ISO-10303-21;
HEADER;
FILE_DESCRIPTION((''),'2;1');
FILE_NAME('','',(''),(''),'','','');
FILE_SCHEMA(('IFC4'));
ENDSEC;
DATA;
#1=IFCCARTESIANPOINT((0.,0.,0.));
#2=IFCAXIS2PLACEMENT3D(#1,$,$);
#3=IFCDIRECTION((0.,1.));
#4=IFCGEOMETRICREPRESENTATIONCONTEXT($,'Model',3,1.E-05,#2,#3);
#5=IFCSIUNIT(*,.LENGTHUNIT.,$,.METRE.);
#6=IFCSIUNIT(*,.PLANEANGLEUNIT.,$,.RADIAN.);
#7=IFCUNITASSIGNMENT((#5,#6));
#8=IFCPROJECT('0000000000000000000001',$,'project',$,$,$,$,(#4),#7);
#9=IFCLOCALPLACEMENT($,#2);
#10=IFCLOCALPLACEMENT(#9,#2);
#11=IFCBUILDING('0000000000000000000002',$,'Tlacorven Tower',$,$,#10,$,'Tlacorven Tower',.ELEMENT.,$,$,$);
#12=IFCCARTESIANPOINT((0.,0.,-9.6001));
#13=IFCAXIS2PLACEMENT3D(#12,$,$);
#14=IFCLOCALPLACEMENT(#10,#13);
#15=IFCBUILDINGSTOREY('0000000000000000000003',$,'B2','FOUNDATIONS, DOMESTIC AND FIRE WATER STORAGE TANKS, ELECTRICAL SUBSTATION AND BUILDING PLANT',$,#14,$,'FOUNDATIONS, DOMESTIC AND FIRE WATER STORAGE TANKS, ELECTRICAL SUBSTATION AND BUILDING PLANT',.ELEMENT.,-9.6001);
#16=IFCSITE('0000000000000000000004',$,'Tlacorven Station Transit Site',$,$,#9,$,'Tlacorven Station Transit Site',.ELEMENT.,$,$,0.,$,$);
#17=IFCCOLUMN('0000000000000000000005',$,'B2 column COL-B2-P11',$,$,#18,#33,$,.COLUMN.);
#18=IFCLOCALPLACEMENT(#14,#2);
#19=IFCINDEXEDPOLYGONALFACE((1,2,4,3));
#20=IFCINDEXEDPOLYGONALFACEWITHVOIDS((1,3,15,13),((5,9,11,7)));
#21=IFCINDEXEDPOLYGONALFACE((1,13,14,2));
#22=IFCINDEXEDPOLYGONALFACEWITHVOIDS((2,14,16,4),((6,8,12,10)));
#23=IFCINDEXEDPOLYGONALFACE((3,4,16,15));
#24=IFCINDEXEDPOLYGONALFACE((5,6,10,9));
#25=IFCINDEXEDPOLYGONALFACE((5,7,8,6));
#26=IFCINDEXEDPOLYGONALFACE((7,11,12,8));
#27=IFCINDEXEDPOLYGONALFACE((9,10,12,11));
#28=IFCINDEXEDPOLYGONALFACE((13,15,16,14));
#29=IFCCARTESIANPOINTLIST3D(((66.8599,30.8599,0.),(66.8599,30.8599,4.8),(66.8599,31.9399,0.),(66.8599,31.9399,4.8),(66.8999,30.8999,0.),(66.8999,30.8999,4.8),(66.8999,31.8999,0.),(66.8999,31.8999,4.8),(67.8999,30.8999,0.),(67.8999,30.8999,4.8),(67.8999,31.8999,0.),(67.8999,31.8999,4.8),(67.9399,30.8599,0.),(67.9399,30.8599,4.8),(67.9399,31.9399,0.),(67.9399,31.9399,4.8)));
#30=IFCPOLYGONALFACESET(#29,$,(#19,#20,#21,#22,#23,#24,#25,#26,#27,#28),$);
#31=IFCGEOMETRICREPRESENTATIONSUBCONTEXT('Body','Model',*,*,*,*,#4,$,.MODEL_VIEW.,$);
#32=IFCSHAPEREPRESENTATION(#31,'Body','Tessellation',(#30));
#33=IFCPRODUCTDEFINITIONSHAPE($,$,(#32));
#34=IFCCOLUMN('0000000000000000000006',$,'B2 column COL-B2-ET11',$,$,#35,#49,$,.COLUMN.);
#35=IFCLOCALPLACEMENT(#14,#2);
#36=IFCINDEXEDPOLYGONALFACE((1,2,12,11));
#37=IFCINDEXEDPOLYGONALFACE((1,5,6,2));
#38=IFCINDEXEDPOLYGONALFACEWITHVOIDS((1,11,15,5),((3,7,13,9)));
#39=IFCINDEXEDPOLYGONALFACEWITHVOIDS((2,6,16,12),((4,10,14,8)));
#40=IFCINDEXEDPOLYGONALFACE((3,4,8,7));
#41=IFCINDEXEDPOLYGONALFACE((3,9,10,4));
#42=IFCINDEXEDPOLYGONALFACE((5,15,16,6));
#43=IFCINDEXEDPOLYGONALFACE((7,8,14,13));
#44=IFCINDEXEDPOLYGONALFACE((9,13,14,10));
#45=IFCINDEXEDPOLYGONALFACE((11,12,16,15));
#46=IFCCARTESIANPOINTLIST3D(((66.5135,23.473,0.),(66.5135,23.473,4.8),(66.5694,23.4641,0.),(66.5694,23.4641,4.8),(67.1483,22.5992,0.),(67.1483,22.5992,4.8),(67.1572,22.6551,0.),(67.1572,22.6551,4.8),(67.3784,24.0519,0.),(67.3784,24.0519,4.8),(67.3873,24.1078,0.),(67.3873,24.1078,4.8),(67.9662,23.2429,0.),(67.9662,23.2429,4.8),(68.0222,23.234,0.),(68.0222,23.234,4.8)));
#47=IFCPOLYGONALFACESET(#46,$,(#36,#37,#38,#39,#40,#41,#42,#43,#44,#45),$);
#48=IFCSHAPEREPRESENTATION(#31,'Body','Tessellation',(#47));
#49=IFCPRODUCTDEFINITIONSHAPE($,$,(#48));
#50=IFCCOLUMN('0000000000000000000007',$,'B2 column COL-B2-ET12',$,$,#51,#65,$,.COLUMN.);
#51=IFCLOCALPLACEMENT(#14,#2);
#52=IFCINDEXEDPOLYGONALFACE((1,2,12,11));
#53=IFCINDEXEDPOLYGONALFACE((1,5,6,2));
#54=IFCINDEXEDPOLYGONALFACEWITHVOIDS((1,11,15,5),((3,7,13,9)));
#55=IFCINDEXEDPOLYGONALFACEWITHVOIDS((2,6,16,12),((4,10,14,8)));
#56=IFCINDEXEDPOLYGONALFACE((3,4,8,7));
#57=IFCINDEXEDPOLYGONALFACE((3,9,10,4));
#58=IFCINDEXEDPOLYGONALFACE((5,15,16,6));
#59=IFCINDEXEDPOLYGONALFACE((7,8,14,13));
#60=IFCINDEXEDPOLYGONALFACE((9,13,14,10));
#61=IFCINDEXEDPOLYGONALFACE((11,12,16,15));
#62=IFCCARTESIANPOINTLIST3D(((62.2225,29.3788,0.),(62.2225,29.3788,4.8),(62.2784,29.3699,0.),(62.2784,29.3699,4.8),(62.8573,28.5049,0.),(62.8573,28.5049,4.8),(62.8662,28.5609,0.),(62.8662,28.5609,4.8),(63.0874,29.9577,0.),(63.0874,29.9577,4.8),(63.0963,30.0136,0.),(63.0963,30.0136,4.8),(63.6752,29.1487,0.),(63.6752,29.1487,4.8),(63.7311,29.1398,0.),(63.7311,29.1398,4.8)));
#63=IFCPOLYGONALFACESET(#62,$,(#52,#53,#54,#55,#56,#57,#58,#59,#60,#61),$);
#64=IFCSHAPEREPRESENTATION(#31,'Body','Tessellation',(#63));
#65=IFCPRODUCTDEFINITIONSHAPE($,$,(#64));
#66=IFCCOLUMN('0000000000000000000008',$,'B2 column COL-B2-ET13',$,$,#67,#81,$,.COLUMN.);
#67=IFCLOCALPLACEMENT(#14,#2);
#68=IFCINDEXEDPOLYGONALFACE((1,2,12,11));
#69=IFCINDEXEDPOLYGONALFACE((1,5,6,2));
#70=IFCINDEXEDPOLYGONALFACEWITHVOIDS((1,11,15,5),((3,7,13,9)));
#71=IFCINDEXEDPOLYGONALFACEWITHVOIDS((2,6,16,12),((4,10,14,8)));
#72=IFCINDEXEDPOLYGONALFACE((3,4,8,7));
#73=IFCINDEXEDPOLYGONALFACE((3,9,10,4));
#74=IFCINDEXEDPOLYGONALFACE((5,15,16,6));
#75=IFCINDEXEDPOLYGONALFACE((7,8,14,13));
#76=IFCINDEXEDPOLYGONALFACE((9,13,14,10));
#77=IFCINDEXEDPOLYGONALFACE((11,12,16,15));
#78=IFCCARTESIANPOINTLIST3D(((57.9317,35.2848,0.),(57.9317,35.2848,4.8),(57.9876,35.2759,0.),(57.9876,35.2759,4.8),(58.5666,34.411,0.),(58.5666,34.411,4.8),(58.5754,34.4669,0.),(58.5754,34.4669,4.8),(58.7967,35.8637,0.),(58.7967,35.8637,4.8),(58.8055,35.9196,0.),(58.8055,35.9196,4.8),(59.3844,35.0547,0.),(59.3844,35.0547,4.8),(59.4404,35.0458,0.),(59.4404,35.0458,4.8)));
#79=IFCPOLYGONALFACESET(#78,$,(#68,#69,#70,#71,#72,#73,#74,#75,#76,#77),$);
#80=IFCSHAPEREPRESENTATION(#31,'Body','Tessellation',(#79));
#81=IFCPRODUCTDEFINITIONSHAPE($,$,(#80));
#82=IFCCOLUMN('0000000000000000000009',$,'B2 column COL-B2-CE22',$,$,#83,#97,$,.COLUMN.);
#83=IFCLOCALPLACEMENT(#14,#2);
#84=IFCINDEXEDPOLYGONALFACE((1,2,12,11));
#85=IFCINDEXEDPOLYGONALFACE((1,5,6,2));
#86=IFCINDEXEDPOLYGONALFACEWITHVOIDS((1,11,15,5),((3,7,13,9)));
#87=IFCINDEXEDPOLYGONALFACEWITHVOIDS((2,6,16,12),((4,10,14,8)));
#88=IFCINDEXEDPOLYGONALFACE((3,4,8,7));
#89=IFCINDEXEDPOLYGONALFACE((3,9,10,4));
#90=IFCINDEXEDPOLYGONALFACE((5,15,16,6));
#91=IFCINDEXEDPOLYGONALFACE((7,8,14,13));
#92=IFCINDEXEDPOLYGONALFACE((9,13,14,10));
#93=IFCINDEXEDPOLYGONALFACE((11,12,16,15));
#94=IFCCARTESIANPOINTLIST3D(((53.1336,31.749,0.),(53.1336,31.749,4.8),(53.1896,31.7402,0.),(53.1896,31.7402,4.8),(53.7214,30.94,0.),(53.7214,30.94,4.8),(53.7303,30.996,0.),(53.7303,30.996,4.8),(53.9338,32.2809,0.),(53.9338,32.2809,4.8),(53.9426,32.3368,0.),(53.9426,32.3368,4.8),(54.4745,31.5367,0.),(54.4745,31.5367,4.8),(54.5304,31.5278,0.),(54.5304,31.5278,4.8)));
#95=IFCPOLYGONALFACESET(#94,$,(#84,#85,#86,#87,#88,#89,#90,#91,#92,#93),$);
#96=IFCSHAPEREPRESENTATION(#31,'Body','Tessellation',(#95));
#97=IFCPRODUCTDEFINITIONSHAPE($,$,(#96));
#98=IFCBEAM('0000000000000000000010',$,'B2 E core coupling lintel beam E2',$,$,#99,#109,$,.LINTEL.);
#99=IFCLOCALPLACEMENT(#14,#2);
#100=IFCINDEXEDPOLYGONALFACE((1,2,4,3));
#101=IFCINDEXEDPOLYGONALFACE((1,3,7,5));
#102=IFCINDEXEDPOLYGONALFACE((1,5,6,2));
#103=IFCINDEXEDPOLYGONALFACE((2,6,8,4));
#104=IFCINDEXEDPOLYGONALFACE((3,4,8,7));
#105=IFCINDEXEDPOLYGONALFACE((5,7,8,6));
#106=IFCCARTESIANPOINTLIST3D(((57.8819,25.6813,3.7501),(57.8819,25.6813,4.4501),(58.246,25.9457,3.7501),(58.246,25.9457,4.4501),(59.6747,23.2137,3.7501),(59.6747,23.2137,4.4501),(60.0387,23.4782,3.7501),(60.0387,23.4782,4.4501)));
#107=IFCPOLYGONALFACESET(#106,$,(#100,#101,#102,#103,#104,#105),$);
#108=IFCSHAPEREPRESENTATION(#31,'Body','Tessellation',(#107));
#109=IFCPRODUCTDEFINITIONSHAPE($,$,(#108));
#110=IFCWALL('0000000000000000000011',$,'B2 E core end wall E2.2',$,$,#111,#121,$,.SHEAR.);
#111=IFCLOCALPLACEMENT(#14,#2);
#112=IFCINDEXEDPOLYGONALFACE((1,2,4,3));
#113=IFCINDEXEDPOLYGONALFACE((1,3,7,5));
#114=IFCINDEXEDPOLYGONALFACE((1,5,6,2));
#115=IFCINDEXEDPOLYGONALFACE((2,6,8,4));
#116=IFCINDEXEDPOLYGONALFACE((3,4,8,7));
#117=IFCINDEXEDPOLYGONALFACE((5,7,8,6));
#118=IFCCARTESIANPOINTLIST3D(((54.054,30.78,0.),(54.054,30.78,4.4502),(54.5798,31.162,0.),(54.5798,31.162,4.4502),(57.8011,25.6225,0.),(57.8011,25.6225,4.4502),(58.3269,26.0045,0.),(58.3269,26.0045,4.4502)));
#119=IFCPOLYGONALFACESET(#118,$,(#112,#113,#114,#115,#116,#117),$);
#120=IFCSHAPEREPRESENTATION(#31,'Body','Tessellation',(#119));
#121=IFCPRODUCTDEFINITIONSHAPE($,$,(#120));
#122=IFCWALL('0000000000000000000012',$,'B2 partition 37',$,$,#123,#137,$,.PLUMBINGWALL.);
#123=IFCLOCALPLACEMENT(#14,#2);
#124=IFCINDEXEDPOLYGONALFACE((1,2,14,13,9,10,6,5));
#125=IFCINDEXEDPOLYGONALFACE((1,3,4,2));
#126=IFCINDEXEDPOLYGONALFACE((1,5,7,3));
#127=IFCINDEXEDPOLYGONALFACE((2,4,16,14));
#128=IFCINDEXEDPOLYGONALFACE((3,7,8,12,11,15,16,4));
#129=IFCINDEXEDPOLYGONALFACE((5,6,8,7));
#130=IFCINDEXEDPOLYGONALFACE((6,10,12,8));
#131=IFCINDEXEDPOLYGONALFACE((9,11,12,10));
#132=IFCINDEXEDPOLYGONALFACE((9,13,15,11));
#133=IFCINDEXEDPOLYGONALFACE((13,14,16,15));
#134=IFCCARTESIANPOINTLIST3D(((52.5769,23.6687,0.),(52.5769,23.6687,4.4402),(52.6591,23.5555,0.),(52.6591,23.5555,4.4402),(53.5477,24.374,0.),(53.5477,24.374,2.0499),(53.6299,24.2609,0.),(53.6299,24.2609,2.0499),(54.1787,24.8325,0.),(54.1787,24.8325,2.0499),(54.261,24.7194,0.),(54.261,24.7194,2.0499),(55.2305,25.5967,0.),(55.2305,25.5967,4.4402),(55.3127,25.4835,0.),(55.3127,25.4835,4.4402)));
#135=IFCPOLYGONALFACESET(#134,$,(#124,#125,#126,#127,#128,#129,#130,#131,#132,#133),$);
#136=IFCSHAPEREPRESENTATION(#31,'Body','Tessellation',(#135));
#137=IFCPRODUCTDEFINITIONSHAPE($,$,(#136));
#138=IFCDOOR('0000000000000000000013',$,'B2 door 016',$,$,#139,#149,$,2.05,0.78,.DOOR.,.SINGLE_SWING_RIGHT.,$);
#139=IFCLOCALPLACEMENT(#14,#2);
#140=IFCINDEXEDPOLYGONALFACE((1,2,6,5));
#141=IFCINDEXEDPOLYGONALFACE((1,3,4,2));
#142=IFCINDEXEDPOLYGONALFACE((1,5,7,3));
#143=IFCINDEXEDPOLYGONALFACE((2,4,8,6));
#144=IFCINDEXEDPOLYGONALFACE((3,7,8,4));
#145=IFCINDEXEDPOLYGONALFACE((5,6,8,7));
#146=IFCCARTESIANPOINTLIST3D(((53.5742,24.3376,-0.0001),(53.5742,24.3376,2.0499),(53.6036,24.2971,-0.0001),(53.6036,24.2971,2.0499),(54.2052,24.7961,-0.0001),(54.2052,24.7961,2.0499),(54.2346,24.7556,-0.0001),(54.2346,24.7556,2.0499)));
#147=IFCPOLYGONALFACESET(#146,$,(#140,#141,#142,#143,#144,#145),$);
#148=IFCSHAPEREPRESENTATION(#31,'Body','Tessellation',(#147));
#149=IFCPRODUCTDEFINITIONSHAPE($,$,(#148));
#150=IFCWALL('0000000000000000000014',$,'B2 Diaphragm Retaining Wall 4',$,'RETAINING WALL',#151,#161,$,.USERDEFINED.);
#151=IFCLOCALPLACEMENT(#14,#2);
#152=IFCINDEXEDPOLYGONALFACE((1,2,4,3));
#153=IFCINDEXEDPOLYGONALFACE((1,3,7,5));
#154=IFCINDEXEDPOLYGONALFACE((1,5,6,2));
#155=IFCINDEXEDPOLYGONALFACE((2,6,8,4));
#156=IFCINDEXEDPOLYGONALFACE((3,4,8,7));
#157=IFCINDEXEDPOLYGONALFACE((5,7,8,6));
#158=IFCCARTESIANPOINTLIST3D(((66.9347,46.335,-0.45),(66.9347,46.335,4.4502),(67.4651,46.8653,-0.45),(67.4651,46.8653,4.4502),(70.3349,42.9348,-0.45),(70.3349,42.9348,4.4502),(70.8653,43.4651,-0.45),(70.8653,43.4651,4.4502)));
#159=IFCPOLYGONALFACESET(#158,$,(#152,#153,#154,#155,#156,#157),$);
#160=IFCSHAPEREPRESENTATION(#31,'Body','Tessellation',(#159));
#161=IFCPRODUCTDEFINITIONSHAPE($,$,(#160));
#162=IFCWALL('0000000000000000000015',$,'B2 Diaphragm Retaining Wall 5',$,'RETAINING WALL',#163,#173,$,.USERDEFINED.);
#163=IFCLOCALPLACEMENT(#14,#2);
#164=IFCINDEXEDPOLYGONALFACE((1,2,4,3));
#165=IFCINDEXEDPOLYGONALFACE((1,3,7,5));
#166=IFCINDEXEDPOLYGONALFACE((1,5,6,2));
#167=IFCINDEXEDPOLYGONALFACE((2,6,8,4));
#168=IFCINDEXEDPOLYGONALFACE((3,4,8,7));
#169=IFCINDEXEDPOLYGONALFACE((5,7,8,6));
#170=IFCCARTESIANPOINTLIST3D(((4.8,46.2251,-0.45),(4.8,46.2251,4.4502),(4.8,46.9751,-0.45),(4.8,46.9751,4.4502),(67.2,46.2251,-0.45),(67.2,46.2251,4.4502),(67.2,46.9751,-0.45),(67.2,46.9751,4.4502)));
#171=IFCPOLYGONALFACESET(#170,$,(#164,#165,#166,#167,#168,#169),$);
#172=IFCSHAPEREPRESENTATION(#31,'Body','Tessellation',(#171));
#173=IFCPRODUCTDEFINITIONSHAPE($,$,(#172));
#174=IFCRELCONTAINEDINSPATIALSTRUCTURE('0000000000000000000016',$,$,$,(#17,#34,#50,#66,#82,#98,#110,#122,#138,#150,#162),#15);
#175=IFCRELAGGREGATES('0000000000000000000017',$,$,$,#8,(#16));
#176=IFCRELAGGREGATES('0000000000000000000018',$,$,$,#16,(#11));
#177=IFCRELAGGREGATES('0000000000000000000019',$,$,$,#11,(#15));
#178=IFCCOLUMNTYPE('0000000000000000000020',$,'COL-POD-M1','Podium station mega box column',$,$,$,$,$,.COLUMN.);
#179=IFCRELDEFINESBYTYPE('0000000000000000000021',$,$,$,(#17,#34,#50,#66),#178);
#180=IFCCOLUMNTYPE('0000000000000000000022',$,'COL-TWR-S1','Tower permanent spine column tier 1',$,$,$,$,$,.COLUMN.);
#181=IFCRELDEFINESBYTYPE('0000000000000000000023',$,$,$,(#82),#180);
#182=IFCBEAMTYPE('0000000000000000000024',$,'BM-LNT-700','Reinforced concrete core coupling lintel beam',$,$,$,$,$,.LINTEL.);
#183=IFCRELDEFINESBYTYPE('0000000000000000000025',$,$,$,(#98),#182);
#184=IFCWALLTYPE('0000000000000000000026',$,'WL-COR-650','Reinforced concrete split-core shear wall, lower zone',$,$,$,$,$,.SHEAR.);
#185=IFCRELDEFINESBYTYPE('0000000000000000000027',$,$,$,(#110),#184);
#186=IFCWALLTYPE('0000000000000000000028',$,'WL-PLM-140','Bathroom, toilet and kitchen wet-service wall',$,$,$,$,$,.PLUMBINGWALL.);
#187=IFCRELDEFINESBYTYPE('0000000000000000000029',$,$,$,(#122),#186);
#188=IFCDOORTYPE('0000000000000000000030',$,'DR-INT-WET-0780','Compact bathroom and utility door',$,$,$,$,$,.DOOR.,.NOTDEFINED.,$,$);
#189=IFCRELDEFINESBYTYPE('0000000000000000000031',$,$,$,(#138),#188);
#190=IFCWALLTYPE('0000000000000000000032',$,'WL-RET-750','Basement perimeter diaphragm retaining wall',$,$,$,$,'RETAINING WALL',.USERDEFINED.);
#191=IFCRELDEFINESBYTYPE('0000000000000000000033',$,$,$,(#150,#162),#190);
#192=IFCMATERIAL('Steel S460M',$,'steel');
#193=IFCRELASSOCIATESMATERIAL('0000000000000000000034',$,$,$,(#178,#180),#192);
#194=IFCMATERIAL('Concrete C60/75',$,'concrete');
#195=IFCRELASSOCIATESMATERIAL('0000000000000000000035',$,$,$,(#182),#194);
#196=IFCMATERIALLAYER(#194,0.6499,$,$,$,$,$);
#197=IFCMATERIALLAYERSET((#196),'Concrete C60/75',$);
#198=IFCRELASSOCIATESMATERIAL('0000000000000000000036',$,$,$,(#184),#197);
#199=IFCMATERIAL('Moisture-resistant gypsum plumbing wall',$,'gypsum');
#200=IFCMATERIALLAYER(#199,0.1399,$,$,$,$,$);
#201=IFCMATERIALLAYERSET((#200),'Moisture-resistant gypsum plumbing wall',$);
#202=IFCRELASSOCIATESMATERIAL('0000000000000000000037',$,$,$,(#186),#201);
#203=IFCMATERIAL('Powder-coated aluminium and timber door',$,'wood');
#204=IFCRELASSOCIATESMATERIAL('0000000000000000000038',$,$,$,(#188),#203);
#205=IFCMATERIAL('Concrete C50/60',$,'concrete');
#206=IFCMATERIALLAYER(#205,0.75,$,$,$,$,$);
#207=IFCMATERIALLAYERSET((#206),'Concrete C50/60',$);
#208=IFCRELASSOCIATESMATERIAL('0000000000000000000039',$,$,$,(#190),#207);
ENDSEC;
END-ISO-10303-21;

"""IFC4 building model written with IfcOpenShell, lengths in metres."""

from ifc_helpers import new_model, si_unit, direction, frame, frame_2d, origin, origin_2d, place, context, subcontext, project, spatial, rectangle, hollow_rectangle, extrude, source, transform, mapped, material, layer, layer_set, material_profile, profile_set, type_object, element, fill, save


model = new_model("IFC4")

# Units and contexts
model_context = context("Model", 3, precision=1e-05, world=origin(), true_north=direction((0.0, 1.0)))
body_context = subcontext(model_context, "Body", "Model", "MODEL_VIEW")
ifc_project = project(units=[si_unit("LENGTHUNIT", "METRE"), si_unit("PLANEANGLEUNIT", "RADIAN")], contexts=[model_context])

# Site, building, storey
site_placement = place(None, origin())
site = spatial("IfcSite", under=ifc_project, at=site_placement, Name="Tlacorven Station Transit Site", LongName="Tlacorven Station Transit Site", CompositionType="ELEMENT", RefElevation=0.0)
building_placement = place(site_placement, origin())
building = spatial("IfcBuilding", under=site, at=building_placement, Name="Tlacorven Tower", LongName="Tlacorven Tower", CompositionType="ELEMENT")
storey_placement = place(building_placement, frame((0.0, 0.0, -9.6001)))
storey = spatial("IfcBuildingStorey", under=building, at=storey_placement, Name="B2", Description="FOUNDATIONS, DOMESTIC AND FIRE WATER STORAGE TANKS, ELECTRICAL SUBSTATION AND BUILDING PLANT", LongName="FOUNDATIONS, DOMESTIC AND FIRE WATER STORAGE TANKS, ELECTRICAL SUBSTATION AND BUILDING PLANT", CompositionType="ELEMENT", Elevation=-9.6001)

# Shared definitions
ifc_material_1 = material(Name="Concrete C50/60", Category="concrete")

# Columns
ifc_material_2 = material(Name="Steel S460M", Category="steel")
ifc_material_profile_1 = material_profile(ifc_material_2, hollow_rectangle(XDim=1.0801, YDim=1.0801, WallThickness=0.04, at=origin_2d()), Name="BOX 1080X1080X40")
ifc_profile_set_1 = profile_set([ifc_material_profile_1], Name="Steel S460M")
column_type_1 = type_object("IfcColumnType", Name="COL-POD-M1", Description="Podium station mega box column", PredefinedType="COLUMN", material=ifc_profile_set_1)
shared_shape_1 = source(origin(), body_context, "Body", "SweptSolid", [
    extrude(hollow_rectangle(XDim=1.0801, YDim=1.0801, WallThickness=0.04, at=origin_2d()), origin(), (0.0, 0.0, 1.0), 4.8),
])
for number, where, z_axis, x_axis, name in (
    (1, (67.3999, 31.3999, 0.0), (0.0, 0.0, 1.0), (1.0, 0.0, 0.0), "B2 column COL-B2-P11"),
    (2, (67.2678, 23.3535, 0.0), (0.0, 0.0, 1.0), (0.809017, 0.587785, 0.0), "B2 column COL-B2-ET11"),
    (3, (62.9768, 29.2593, 0.0), (0.0, 0.0, 1.0), (0.809017, 0.587785, 0.0), "B2 column COL-B2-ET12"),
    (4, (58.686, 35.1653, 0.0), (0.0, 0.0, 1.0), (0.809017, 0.587785, 0.0), "B2 column COL-B2-ET13"),
):
    element("IfcColumn", number, at=place(storey_placement, frame(where, z_axis=z_axis, x_axis=x_axis)), inside=storey, type_object=column_type_1, Name=name, PredefinedType="COLUMN", context=body_context, shape_type="MappedRepresentation", body=[
        mapped(shared_shape_1, transform((0.0, 0.0, 0.0), scale=1.0)),
    ])
ifc_material_profile_2 = material_profile(ifc_material_2, hollow_rectangle(XDim=1.0, YDim=1.0, WallThickness=0.04, at=origin_2d()), Name="BOX 1000X1000X40")
ifc_profile_set_2 = profile_set([ifc_material_profile_2], Name="Steel S460M")
column_type_2 = type_object("IfcColumnType", Name="COL-TWR-S1", Description="Tower permanent spine column tier 1", PredefinedType="COLUMN", material=ifc_profile_set_2)
shared_shape_2 = source(origin(), body_context, "Body", "SweptSolid", [
    extrude(hollow_rectangle(XDim=1.0, YDim=1.0, WallThickness=0.04, at=origin_2d()), origin(), (0.0, 0.0, 1.0), 4.8),
])
column_placement = place(storey_placement, frame((53.832, 31.6384, 0.0), z_axis=(0.0, 0.0, 1.0), x_axis=(0.809017, 0.587785, 0.0)))
element("IfcColumn", 5, at=column_placement, inside=storey, type_object=column_type_2, Name="B2 column COL-B2-CE22", PredefinedType="COLUMN", context=body_context, shape_type="MappedRepresentation", body=[
    mapped(shared_shape_2, transform((0.0, 0.0, 0.0), scale=1.0)),
])

# Beam
ifc_material_3 = material(Name="Concrete C60/75", Category="concrete")
ifc_material_profile_3 = material_profile(ifc_material_3, rectangle(XDim=0.45, YDim=0.7, at=origin_2d()), Name="RC 450X700")
ifc_profile_set_3 = profile_set([ifc_material_profile_3], Name="Concrete C60/75")
beam_type = type_object("IfcBeamType", Name="BM-LNT-700", Description="Reinforced concrete core coupling lintel beam", PredefinedType="LINTEL", material=ifc_profile_set_3)
shared_shape_3 = source(origin(), body_context, "Body", "SweptSolid", [
    extrude(rectangle(XDim=0.45, YDim=0.7, at=origin_2d()), origin(), (0.0, 0.0, 1.0), 3.05),
])
beam_placement = place(storey_placement, frame((59.8567, 23.3459, 4.1001), z_axis=(-0.587777, 0.809023, 0.0), x_axis=(-0.809023, -0.587777, 0.0)))
element("IfcBeam", 6, at=beam_placement, inside=storey, type_object=beam_type, Name="B2 E core coupling lintel beam E2", PredefinedType="LINTEL", context=body_context, shape_type="MappedRepresentation", body=[
    mapped(shared_shape_3, transform((0.0, 0.0, 0.0), scale=1.0)),
])

# Wall
ifc_layer_1 = layer(ifc_material_3, 0.6499)
ifc_layer_set_1 = layer_set([ifc_layer_1], Name="Concrete C60/75")
wall_type_1 = type_object("IfcWallType", Name="WL-COR-650", Description="Reinforced concrete split-core shear wall, lower zone", PredefinedType="SHEAR", material=ifc_layer_set_1)
wall_1_placement = place(storey_placement, frame((58.064, 25.8135, 0.0), z_axis=(0.0, 0.0, 1.0), x_axis=(-0.58778, 0.809021, 0.0)))
element("IfcWall", 7, at=wall_1_placement, inside=storey, type_object=wall_type_1, Name="B2 E core end wall E2.2", PredefinedType="SHEAR", context=body_context, shape_type="SweptSolid", body=[
    extrude(rectangle(XDim=6.375, YDim=0.6499, at=frame_2d((3.1875, 0.0))), origin(), (0.0, 0.0, 1.0), 4.4502),
])

# Wall, opening, door
ifc_material_4 = material(Name="Moisture-resistant gypsum plumbing wall", Category="gypsum")
ifc_layer_2 = layer(ifc_material_4, 0.1399)
ifc_layer_set_2 = layer_set([ifc_layer_2], Name="Moisture-resistant gypsum plumbing wall")
wall_type_2 = type_object("IfcWallType", Name="WL-PLM-140", Description="Bathroom, toilet and kitchen wet-service wall", PredefinedType="PLUMBINGWALL", material=ifc_layer_set_2)
wall_2_placement = place(storey_placement, frame((52.6179, 23.6121, 0.0), z_axis=(0.0, 0.0, 1.0), x_axis=(0.80901, 0.587795, 0.0)))
wall_2 = element("IfcWall", 8, at=wall_2_placement, inside=storey, type_object=wall_type_2, Name="B2 partition 37", PredefinedType="PLUMBINGWALL", context=body_context, shape_type="SweptSolid", body=[
    extrude(rectangle(XDim=3.28, YDim=0.1399, at=frame_2d((1.6401, 0.0))), origin(), (0.0, 0.0, 1.0), 4.4402),
])
opening_placement = place(wall_2_placement, frame((1.2, 0.0, 0.0)))
opening = element("IfcOpeningElement", 9, at=opening_placement, cuts=wall_2, PredefinedType="OPENING", context=body_context, shape_type="SweptSolid", body=[
    extrude(rectangle(XDim=0.78, YDim=2.05, at=frame_2d((0.3901, 1.0249))), frame((0.0, 0.0801, 0.0), z_axis=(0.0, -1.0, 0.0), x_axis=(1.0, 0.0, 0.0)), (0.0, 0.0, 1.0), 0.1599),
])
ifc_material_5 = material(Name="Powder-coated aluminium and timber door", Category="wood")
door_type = type_object("IfcDoorType", Name="DR-INT-WET-0780", Description="Compact bathroom and utility door", OperationType="NOTDEFINED", PredefinedType="DOOR", material=ifc_material_5)
shared_shape_4 = source(origin(), body_context, "Body", "SweptSolid", [
    extrude(rectangle(XDim=0.78, YDim=2.05, at=frame_2d((0.3901, 1.0249))), frame((0.0, 0.0249, 0.0), z_axis=(0.0, -1.0, 0.0), x_axis=(1.0, 0.0, 0.0)), (0.0, 0.0, 1.0), 0.05),
])
door_placement = place(opening_placement, origin())
door = element("IfcDoor", 10, at=door_placement, inside=storey, type_object=door_type, Name="B2 door 016", OperationType="SINGLE_SWING_RIGHT", OverallHeight=2.05, OverallWidth=0.78, PredefinedType="DOOR", context=body_context, shape_type="MappedRepresentation", body=[
    mapped(shared_shape_4, transform((0.0, 0.0, 0.0), scale=1.0)),
])
fill(opening, door)

# Walls
ifc_layer_3 = layer(ifc_material_1, 0.75)
ifc_layer_set_3 = layer_set([ifc_layer_3], Name="Concrete C50/60")
wall_type_3 = type_object("IfcWallType", Name="WL-RET-750", Description="Basement perimeter diaphragm retaining wall", ElementType="RETAINING WALL", PredefinedType="USERDEFINED", material=ifc_layer_set_3)
wall_3_placement = place(storey_placement, frame((70.6001, 43.2, -0.45), z_axis=(0.0, 0.0, 1.0), x_axis=(-0.707107, 0.707107, 0.0)))
element("IfcWall", 11, at=wall_3_placement, inside=storey, type_object=wall_type_3, Name="B2 Diaphragm Retaining Wall 4", ObjectType="RETAINING WALL", PredefinedType="USERDEFINED", context=body_context, shape_type="SweptSolid", body=[
    extrude(rectangle(XDim=4.8086, YDim=0.75, at=frame_2d((2.4043, 0.0))), origin(), (0.0, 0.0, 1.0), 4.9001),
])
wall_4_placement = place(storey_placement, frame((67.2, 46.6001, -0.45), z_axis=(0.0, 0.0, 1.0), x_axis=(-1.0, 0.0, 0.0)))
element("IfcWall", 12, at=wall_4_placement, inside=storey, type_object=wall_type_3, Name="B2 Diaphragm Retaining Wall 5", ObjectType="RETAINING WALL", PredefinedType="USERDEFINED", context=body_context, shape_type="SweptSolid", body=[
    extrude(rectangle(XDim=62.3999, YDim=0.75, at=frame_2d((31.2, 0.0))), origin(), (0.0, 0.0, 1.0), 4.9001),
])

save(model, "model.ifc")
